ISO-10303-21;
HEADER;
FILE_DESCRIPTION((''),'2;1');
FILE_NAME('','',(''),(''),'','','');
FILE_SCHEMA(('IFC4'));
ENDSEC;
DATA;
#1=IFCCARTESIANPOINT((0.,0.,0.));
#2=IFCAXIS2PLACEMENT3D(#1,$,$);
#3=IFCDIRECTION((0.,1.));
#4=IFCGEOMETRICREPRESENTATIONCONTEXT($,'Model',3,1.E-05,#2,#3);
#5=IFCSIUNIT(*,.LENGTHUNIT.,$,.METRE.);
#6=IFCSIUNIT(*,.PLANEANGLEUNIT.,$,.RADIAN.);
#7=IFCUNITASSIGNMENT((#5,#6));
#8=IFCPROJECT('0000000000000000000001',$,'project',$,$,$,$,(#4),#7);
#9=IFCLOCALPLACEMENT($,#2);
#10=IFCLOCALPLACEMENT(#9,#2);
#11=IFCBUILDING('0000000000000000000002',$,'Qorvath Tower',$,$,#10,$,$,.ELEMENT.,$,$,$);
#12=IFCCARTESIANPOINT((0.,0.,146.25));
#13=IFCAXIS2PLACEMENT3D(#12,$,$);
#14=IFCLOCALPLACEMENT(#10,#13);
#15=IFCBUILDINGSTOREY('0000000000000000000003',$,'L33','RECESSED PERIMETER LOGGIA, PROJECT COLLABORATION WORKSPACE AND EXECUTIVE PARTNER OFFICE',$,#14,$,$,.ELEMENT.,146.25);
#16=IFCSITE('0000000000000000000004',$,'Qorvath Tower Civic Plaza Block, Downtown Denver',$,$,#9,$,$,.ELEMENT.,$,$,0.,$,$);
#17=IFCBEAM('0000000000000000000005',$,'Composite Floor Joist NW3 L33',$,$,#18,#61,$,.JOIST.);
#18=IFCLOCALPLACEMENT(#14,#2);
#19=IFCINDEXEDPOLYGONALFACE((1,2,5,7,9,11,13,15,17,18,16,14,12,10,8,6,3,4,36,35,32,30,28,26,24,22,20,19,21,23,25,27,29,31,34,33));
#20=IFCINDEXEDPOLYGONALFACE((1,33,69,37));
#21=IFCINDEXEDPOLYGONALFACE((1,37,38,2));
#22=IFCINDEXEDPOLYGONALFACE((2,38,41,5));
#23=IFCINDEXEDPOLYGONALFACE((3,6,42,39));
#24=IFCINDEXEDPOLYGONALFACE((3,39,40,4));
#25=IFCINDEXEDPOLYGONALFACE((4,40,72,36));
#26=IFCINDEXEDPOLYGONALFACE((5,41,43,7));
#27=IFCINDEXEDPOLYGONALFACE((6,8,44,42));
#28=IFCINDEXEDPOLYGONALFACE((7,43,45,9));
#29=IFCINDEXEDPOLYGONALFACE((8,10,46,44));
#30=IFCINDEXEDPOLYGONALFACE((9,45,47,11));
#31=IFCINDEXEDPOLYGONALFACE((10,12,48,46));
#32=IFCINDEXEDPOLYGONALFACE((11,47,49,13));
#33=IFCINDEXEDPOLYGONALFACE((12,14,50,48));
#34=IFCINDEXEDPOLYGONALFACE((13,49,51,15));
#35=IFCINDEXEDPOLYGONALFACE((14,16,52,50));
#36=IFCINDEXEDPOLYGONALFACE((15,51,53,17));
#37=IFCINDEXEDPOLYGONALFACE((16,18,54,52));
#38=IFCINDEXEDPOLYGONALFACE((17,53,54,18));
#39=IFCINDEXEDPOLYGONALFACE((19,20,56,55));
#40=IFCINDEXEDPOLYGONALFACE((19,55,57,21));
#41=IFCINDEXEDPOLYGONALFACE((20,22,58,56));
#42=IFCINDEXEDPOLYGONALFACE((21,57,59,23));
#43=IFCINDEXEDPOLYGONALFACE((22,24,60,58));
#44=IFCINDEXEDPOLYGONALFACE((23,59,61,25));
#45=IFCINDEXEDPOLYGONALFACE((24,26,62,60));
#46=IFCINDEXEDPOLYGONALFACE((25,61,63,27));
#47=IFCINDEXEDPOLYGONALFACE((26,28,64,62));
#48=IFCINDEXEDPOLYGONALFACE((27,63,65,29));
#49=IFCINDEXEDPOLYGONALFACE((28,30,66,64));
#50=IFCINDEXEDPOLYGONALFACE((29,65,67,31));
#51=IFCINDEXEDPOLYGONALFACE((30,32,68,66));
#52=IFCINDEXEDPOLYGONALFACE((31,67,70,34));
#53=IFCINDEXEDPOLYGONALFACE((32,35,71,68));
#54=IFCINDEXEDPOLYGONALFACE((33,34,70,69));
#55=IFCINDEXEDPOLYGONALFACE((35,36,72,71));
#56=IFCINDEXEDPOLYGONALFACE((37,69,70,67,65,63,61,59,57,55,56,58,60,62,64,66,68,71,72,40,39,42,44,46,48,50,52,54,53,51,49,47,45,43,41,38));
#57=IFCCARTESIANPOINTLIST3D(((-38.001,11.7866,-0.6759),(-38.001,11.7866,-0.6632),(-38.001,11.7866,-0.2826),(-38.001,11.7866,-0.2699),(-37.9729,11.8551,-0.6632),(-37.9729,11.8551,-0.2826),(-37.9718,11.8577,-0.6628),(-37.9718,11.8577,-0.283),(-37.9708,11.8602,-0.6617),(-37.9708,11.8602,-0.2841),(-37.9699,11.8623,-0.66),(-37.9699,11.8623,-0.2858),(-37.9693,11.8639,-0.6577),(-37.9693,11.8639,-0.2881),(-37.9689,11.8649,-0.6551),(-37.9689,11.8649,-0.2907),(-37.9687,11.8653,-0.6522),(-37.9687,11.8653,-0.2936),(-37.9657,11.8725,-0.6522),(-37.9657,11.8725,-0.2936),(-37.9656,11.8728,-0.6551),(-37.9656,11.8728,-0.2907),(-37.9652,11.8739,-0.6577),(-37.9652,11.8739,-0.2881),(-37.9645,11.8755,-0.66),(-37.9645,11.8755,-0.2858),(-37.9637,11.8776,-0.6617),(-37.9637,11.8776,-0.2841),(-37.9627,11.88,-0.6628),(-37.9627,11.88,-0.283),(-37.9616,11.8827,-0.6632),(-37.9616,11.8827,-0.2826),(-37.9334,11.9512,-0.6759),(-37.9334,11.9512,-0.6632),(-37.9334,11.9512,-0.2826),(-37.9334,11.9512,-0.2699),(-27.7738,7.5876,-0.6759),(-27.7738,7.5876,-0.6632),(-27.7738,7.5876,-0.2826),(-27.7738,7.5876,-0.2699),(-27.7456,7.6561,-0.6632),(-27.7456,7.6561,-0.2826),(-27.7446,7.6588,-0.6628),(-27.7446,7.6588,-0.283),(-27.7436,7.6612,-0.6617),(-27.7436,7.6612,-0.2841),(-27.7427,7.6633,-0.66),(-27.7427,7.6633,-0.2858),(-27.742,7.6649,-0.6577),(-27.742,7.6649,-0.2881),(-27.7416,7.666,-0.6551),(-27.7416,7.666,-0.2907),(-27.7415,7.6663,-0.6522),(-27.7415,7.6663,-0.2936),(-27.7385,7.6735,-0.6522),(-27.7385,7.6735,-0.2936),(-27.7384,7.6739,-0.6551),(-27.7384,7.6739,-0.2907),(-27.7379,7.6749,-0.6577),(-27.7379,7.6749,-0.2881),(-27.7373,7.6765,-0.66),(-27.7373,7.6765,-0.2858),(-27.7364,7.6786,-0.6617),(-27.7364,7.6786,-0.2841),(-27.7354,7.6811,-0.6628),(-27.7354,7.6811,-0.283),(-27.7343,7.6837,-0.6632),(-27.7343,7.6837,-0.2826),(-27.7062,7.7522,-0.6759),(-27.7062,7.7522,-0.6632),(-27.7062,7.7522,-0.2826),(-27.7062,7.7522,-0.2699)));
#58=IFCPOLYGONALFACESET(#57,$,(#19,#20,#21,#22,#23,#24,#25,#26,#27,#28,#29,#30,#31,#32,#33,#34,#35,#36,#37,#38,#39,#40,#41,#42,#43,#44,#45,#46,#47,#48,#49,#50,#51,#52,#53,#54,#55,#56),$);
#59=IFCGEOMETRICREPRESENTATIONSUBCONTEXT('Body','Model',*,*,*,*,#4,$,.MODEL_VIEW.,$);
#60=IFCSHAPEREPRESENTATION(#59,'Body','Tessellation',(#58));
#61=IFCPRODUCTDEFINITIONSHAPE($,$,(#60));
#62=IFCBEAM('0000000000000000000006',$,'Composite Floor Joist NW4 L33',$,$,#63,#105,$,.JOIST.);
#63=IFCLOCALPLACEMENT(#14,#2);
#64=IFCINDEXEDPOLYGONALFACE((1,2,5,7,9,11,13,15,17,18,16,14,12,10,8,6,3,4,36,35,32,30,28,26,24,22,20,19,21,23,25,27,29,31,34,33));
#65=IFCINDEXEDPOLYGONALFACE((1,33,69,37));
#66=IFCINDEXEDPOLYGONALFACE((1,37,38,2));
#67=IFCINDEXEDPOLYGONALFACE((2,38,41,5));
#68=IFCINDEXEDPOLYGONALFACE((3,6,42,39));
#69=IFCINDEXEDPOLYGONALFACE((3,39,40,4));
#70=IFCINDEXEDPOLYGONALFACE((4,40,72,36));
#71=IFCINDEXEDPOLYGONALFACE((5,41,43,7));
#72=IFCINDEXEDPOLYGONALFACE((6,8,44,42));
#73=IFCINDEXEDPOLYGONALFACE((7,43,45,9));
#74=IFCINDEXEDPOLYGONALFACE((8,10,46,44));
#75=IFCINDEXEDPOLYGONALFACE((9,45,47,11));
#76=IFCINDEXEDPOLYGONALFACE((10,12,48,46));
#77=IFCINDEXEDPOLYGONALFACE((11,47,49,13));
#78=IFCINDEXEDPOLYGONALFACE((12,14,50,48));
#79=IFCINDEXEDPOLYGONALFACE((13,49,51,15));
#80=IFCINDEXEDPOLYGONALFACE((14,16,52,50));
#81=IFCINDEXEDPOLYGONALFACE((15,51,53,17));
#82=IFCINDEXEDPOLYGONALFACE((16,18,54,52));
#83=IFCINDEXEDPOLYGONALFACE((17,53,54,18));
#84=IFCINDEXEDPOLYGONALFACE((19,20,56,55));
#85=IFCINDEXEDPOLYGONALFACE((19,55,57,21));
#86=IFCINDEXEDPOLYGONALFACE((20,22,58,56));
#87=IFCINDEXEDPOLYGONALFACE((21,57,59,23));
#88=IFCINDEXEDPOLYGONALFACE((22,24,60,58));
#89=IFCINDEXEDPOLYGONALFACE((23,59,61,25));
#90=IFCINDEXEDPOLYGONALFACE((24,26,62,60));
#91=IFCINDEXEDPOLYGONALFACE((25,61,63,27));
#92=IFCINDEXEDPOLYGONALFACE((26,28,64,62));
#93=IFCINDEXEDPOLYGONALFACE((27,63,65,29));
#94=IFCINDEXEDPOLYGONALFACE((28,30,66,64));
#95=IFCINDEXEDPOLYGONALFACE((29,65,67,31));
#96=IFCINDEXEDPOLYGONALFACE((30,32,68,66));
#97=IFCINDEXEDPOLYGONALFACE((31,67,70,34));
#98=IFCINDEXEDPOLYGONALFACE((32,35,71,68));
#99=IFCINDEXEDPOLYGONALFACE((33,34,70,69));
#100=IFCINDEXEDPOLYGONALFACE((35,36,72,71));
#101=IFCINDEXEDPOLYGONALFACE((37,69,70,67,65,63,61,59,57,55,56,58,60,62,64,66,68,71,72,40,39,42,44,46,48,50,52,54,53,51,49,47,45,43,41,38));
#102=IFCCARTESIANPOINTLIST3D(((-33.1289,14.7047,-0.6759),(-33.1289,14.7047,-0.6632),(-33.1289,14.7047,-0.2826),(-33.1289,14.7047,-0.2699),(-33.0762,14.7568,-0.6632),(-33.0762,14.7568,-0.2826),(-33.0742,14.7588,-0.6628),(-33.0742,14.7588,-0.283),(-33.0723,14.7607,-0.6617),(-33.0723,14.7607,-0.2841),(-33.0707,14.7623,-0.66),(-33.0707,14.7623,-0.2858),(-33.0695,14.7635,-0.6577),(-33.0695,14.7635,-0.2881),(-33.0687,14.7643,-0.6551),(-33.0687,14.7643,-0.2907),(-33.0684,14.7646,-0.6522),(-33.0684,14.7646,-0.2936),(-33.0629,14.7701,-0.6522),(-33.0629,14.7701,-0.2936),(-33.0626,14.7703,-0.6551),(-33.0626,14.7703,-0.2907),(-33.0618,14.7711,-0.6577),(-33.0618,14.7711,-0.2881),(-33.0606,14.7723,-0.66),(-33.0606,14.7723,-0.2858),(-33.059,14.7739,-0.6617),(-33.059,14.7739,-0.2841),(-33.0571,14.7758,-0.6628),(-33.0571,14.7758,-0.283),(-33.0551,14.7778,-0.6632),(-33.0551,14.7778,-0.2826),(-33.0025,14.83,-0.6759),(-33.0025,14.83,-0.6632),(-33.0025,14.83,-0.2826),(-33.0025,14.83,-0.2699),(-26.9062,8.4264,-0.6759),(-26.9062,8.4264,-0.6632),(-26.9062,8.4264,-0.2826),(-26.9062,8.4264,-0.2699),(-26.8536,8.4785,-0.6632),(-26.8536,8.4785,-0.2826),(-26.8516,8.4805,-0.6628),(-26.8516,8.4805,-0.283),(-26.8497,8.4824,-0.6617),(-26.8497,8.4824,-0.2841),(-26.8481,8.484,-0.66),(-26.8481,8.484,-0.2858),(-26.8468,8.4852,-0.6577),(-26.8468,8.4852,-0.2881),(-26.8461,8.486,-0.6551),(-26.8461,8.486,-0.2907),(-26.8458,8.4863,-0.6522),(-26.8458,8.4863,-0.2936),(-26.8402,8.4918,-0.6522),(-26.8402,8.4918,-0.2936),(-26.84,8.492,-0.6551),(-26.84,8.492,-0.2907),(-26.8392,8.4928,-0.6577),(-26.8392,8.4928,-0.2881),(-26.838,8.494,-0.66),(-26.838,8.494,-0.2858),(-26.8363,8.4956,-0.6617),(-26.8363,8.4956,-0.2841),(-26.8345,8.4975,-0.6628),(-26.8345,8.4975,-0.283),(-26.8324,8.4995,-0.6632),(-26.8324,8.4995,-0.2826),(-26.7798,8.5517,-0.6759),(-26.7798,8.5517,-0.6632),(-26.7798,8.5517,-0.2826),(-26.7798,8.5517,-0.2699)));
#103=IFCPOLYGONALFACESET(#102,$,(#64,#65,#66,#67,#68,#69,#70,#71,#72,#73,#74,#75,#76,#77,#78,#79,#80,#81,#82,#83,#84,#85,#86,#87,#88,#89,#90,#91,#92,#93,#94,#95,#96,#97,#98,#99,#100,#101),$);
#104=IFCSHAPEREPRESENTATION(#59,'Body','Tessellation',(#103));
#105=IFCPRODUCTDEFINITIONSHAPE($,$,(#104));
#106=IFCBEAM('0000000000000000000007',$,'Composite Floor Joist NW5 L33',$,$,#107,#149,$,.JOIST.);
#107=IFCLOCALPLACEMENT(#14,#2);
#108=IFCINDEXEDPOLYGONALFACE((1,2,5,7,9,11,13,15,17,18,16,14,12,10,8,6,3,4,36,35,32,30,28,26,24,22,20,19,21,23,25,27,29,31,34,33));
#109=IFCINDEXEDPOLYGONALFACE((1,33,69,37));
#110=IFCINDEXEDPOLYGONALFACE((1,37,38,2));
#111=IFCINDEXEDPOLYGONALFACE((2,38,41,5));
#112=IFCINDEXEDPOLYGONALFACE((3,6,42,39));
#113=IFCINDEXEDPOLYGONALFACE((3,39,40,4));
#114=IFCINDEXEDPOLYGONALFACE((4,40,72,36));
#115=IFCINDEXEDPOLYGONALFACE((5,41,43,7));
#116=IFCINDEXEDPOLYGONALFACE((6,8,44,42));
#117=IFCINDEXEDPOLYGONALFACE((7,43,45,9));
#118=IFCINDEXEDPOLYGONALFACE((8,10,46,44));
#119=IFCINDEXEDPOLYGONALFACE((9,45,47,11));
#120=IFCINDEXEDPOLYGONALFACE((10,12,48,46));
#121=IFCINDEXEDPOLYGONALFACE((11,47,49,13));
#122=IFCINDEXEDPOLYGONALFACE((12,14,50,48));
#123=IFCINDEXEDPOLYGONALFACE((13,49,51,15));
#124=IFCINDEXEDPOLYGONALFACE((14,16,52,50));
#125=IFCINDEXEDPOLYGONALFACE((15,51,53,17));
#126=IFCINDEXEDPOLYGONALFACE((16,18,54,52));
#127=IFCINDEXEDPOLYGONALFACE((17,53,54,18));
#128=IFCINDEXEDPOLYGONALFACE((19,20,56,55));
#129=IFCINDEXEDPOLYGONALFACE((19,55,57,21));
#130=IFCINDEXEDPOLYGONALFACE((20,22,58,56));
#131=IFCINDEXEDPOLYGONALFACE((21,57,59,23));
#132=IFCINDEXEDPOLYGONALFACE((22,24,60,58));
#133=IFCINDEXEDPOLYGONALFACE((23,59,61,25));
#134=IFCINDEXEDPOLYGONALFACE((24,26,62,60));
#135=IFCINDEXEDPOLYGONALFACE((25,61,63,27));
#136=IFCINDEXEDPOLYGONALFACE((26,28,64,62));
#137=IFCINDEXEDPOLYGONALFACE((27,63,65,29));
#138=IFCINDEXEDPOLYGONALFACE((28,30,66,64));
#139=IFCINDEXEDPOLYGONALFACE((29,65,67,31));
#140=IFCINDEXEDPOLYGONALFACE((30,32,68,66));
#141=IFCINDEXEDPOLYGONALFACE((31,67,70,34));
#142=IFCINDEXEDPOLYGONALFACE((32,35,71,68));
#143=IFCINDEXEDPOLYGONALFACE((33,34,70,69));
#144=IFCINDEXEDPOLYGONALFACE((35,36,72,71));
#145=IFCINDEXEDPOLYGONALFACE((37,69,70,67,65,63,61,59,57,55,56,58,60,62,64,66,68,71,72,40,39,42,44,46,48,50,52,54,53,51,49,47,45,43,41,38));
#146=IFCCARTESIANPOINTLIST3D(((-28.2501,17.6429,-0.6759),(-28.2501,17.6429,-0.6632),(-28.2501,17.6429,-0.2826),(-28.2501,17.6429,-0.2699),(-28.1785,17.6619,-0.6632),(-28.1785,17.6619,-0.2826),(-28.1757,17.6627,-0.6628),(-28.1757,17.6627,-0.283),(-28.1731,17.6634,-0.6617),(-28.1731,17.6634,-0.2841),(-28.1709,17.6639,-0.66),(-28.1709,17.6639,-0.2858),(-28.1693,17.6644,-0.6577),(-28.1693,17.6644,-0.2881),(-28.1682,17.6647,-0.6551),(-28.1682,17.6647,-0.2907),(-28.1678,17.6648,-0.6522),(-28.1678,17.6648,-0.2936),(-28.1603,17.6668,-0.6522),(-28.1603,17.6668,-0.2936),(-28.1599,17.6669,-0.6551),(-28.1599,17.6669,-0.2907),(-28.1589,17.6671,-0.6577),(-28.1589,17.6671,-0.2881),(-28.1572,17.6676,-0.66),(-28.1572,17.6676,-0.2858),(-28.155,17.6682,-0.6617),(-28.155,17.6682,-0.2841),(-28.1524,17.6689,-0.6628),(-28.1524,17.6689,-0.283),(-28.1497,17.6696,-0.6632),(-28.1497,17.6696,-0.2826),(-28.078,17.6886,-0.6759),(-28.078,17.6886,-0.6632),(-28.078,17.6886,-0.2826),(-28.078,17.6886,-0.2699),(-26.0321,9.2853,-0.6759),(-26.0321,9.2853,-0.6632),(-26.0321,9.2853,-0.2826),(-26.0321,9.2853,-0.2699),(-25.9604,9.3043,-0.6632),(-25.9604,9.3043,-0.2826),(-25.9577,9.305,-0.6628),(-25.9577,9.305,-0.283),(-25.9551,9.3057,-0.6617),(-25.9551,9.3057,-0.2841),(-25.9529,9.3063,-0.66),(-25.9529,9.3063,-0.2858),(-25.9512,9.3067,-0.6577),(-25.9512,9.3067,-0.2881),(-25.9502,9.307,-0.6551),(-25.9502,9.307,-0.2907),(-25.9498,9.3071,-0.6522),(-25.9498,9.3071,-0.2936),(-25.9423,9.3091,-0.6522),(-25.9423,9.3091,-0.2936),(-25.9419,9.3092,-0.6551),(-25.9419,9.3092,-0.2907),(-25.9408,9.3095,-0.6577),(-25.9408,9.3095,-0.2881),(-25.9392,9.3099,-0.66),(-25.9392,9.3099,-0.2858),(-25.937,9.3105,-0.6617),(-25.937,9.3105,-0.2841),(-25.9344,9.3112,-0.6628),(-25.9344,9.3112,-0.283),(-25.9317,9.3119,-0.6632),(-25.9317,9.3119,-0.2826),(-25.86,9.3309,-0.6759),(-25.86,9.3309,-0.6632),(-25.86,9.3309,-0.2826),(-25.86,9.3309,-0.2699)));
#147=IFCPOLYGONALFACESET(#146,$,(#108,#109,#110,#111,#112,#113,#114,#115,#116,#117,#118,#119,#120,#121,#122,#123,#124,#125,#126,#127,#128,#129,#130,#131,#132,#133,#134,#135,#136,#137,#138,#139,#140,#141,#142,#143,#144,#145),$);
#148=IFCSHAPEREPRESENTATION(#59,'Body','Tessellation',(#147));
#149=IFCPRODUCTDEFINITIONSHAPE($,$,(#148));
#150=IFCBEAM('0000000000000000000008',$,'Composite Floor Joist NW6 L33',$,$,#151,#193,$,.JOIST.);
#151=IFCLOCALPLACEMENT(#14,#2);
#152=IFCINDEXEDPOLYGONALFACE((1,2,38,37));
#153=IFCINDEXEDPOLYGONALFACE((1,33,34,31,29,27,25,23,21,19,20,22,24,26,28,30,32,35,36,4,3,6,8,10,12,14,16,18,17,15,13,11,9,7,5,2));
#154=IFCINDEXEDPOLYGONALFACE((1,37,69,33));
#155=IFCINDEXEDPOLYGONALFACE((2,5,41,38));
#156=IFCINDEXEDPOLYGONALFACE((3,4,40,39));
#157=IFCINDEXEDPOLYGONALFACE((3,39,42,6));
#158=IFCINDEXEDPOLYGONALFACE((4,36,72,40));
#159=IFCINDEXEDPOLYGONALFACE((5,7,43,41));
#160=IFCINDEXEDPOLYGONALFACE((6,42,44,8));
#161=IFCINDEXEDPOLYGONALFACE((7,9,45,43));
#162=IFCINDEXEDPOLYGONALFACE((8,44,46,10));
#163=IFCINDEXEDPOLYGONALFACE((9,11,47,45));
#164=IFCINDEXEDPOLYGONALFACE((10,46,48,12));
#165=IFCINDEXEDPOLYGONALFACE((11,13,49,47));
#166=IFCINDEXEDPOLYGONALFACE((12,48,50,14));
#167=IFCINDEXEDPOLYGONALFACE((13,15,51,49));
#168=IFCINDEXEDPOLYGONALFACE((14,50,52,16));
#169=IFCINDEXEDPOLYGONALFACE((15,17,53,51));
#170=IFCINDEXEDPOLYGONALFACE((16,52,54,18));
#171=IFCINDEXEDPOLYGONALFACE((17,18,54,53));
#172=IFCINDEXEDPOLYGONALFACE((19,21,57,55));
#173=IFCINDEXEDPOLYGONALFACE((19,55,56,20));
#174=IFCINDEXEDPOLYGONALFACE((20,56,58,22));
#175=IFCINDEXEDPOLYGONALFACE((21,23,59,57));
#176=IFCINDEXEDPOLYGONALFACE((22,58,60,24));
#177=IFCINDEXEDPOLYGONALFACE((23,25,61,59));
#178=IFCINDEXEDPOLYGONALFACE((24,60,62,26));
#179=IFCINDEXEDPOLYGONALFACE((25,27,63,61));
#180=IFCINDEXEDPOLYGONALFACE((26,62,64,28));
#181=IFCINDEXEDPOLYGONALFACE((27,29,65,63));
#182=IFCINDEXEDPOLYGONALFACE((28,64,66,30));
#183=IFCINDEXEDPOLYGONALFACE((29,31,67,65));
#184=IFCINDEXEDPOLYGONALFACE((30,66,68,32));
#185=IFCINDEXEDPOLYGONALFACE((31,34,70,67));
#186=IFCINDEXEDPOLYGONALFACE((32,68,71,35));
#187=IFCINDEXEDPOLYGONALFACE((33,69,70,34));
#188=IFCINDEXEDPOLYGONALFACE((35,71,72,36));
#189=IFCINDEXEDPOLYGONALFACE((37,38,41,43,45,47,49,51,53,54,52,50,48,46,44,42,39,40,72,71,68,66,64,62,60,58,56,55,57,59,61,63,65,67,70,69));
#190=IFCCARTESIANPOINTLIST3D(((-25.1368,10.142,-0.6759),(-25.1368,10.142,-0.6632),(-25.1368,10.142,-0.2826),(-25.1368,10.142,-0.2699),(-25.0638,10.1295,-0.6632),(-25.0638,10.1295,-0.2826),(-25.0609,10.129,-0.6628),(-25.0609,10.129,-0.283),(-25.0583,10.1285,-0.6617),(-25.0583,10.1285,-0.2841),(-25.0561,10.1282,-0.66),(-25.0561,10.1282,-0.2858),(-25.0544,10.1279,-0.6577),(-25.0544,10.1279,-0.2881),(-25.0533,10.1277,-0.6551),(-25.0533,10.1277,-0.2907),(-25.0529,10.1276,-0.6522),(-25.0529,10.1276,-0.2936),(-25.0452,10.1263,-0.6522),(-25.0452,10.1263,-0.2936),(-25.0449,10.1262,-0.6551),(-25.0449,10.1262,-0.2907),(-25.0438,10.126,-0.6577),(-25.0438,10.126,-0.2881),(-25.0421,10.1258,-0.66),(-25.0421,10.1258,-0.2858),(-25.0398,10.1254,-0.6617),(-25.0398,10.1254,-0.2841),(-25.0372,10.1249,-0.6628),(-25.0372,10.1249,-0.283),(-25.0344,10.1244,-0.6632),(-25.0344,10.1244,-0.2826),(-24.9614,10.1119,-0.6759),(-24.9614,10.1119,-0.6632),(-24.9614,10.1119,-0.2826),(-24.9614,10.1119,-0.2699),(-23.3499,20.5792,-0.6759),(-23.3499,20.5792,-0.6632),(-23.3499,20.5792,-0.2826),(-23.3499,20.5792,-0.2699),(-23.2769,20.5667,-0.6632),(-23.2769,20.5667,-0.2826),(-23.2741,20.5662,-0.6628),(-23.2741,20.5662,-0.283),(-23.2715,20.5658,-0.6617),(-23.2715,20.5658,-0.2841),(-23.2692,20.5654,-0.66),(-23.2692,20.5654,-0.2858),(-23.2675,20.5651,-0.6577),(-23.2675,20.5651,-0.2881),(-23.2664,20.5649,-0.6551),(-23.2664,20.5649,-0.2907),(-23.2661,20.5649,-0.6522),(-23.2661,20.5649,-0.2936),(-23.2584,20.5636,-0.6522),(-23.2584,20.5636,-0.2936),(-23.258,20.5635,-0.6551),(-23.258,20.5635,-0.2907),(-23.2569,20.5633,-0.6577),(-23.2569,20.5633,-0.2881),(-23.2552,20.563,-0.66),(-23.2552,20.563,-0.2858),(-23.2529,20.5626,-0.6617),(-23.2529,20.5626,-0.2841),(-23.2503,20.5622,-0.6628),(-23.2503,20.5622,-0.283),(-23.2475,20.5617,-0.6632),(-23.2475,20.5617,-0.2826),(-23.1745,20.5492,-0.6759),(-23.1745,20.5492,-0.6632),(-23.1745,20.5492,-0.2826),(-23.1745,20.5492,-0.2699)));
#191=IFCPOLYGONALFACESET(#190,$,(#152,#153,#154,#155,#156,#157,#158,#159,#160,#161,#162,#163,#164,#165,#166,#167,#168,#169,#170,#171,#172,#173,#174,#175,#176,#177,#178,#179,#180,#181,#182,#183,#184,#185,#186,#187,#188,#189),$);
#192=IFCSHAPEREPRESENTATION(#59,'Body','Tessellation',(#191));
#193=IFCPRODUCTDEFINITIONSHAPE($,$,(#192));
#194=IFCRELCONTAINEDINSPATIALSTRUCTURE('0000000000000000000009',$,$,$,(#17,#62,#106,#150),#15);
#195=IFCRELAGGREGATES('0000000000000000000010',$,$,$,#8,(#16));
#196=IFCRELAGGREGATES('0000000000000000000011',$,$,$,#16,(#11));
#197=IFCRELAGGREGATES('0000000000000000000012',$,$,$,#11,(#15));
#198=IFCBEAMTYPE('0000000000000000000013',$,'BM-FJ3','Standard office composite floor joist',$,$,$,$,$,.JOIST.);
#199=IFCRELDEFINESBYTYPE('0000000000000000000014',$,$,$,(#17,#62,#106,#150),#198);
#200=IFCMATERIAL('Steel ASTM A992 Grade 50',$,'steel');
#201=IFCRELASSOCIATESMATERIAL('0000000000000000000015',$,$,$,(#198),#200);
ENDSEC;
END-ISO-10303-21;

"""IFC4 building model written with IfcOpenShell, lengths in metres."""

from ifc_helpers import new_model, si_unit, direction, frame, origin, origin_2d, place, context, subcontext, project, spatial, i_section, extrude, material, material_profile, profile_set, type_object, element, save


model = new_model("IFC4")

# Units and contexts
model_context = context("Model", 3, precision=1e-05, world=origin(), true_north=direction((0.0, 1.0)))
body_context = subcontext(model_context, "Body", "Model", "MODEL_VIEW")
ifc_project = project(units=[si_unit("LENGTHUNIT", "METRE"), si_unit("PLANEANGLEUNIT", "RADIAN")], contexts=[model_context])

# Site, building, storey
site_placement = place(None, origin())
site = spatial("IfcSite", under=ifc_project, at=site_placement, Name="Qorvath Tower Civic Plaza Block, Downtown Denver", CompositionType="ELEMENT", RefElevation=0.0)
building_placement = place(site_placement, origin())
building = spatial("IfcBuilding", under=site, at=building_placement, Name="Qorvath Tower", CompositionType="ELEMENT")
storey_placement = place(building_placement, frame((0.0, 0.0, 146.25)))
storey = spatial("IfcBuildingStorey", under=building, at=storey_placement, Name="L33", Description="RECESSED PERIMETER LOGGIA, PROJECT COLLABORATION WORKSPACE AND EXECUTIVE PARTNER OFFICE", CompositionType="ELEMENT", Elevation=146.25)

# Beams
ifc_material_1 = material(Name="Steel ASTM A992 Grade 50", Category="steel")
ifc_material_profile_1 = material_profile(ifc_material_1, i_section(OverallWidth=0.178, OverallDepth=0.406, WebThickness=0.0078, FlangeThickness=0.0127, FilletRadius=0.011, at=origin_2d()), Name="W16x40")
ifc_profile_set_1 = profile_set([ifc_material_profile_1], Name="Steel ASTM A992 Grade 50")
beam_type_1 = type_object("IfcBeamType", Name="BM-FJ3", Description="Standard office composite floor joist", PredefinedType="JOIST", material=ifc_profile_set_1)
beam_1_placement = place(storey_placement, frame((-27.74, 7.6699, -0.4729), z_axis=(-0.925068, 0.379801, 0.0), x_axis=(-0.379801, -0.925068, 0.0)))
element("IfcBeam", 1, at=beam_1_placement, inside=storey, type_object=beam_type_1, Name="Composite Floor Joist NW3 L33", PredefinedType="JOIST", context=body_context, shape_type="SweptSolid", body=[
    extrude(i_section(OverallWidth=0.178, OverallDepth=0.406, WebThickness=0.0078, FlangeThickness=0.0127, FilletRadius=0.011, at=origin_2d()), origin(), (0.0, 0.0, 1.0), 11.0557),
])
beam_2_placement = place(storey_placement, frame((-26.843, 8.489, -0.4729), z_axis=(-0.703951, 0.710248, 0.0), x_axis=(-0.710248, -0.703951, 0.0)))
element("IfcBeam", 2, at=beam_2_placement, inside=storey, type_object=beam_type_1, Name="Composite Floor Joist NW4 L33", PredefinedType="JOIST", context=body_context, shape_type="SweptSolid", body=[
    extrude(i_section(OverallWidth=0.178, OverallDepth=0.406, WebThickness=0.0078, FlangeThickness=0.0127, FilletRadius=0.011, at=origin_2d()), origin(), (0.0, 0.0, 1.0), 8.8396),
])
beam_3_placement = place(storey_placement, frame((-25.946, 9.3081, -0.4729), z_axis=(-0.256508, 0.966542, 0.0), x_axis=(-0.966542, -0.256508, 0.0)))
element("IfcBeam", 3, at=beam_3_placement, inside=storey, type_object=beam_type_1, Name="Composite Floor Joist NW5 L33", PredefinedType="JOIST", context=body_context, shape_type="SweptSolid", body=[
    extrude(i_section(OverallWidth=0.178, OverallDepth=0.406, WebThickness=0.0078, FlangeThickness=0.0127, FilletRadius=0.011, at=origin_2d()), origin(), (0.0, 0.0, 1.0), 8.647),
])
beam_4_placement = place(storey_placement, frame((-25.0491, 10.127, -0.4729), z_axis=(0.168746, 0.98566, 0.0), x_axis=(-0.98566, 0.168746, 0.0)))
element("IfcBeam", 4, at=beam_4_placement, inside=storey, type_object=beam_type_1, Name="Composite Floor Joist NW6 L33", PredefinedType="JOIST", context=body_context, shape_type="SweptSolid", body=[
    extrude(i_section(OverallWidth=0.178, OverallDepth=0.406, WebThickness=0.0078, FlangeThickness=0.0127, FilletRadius=0.011, at=origin_2d()), origin(), (0.0, 0.0, 1.0), 10.5891),
])

save(model, "model.ifc")
